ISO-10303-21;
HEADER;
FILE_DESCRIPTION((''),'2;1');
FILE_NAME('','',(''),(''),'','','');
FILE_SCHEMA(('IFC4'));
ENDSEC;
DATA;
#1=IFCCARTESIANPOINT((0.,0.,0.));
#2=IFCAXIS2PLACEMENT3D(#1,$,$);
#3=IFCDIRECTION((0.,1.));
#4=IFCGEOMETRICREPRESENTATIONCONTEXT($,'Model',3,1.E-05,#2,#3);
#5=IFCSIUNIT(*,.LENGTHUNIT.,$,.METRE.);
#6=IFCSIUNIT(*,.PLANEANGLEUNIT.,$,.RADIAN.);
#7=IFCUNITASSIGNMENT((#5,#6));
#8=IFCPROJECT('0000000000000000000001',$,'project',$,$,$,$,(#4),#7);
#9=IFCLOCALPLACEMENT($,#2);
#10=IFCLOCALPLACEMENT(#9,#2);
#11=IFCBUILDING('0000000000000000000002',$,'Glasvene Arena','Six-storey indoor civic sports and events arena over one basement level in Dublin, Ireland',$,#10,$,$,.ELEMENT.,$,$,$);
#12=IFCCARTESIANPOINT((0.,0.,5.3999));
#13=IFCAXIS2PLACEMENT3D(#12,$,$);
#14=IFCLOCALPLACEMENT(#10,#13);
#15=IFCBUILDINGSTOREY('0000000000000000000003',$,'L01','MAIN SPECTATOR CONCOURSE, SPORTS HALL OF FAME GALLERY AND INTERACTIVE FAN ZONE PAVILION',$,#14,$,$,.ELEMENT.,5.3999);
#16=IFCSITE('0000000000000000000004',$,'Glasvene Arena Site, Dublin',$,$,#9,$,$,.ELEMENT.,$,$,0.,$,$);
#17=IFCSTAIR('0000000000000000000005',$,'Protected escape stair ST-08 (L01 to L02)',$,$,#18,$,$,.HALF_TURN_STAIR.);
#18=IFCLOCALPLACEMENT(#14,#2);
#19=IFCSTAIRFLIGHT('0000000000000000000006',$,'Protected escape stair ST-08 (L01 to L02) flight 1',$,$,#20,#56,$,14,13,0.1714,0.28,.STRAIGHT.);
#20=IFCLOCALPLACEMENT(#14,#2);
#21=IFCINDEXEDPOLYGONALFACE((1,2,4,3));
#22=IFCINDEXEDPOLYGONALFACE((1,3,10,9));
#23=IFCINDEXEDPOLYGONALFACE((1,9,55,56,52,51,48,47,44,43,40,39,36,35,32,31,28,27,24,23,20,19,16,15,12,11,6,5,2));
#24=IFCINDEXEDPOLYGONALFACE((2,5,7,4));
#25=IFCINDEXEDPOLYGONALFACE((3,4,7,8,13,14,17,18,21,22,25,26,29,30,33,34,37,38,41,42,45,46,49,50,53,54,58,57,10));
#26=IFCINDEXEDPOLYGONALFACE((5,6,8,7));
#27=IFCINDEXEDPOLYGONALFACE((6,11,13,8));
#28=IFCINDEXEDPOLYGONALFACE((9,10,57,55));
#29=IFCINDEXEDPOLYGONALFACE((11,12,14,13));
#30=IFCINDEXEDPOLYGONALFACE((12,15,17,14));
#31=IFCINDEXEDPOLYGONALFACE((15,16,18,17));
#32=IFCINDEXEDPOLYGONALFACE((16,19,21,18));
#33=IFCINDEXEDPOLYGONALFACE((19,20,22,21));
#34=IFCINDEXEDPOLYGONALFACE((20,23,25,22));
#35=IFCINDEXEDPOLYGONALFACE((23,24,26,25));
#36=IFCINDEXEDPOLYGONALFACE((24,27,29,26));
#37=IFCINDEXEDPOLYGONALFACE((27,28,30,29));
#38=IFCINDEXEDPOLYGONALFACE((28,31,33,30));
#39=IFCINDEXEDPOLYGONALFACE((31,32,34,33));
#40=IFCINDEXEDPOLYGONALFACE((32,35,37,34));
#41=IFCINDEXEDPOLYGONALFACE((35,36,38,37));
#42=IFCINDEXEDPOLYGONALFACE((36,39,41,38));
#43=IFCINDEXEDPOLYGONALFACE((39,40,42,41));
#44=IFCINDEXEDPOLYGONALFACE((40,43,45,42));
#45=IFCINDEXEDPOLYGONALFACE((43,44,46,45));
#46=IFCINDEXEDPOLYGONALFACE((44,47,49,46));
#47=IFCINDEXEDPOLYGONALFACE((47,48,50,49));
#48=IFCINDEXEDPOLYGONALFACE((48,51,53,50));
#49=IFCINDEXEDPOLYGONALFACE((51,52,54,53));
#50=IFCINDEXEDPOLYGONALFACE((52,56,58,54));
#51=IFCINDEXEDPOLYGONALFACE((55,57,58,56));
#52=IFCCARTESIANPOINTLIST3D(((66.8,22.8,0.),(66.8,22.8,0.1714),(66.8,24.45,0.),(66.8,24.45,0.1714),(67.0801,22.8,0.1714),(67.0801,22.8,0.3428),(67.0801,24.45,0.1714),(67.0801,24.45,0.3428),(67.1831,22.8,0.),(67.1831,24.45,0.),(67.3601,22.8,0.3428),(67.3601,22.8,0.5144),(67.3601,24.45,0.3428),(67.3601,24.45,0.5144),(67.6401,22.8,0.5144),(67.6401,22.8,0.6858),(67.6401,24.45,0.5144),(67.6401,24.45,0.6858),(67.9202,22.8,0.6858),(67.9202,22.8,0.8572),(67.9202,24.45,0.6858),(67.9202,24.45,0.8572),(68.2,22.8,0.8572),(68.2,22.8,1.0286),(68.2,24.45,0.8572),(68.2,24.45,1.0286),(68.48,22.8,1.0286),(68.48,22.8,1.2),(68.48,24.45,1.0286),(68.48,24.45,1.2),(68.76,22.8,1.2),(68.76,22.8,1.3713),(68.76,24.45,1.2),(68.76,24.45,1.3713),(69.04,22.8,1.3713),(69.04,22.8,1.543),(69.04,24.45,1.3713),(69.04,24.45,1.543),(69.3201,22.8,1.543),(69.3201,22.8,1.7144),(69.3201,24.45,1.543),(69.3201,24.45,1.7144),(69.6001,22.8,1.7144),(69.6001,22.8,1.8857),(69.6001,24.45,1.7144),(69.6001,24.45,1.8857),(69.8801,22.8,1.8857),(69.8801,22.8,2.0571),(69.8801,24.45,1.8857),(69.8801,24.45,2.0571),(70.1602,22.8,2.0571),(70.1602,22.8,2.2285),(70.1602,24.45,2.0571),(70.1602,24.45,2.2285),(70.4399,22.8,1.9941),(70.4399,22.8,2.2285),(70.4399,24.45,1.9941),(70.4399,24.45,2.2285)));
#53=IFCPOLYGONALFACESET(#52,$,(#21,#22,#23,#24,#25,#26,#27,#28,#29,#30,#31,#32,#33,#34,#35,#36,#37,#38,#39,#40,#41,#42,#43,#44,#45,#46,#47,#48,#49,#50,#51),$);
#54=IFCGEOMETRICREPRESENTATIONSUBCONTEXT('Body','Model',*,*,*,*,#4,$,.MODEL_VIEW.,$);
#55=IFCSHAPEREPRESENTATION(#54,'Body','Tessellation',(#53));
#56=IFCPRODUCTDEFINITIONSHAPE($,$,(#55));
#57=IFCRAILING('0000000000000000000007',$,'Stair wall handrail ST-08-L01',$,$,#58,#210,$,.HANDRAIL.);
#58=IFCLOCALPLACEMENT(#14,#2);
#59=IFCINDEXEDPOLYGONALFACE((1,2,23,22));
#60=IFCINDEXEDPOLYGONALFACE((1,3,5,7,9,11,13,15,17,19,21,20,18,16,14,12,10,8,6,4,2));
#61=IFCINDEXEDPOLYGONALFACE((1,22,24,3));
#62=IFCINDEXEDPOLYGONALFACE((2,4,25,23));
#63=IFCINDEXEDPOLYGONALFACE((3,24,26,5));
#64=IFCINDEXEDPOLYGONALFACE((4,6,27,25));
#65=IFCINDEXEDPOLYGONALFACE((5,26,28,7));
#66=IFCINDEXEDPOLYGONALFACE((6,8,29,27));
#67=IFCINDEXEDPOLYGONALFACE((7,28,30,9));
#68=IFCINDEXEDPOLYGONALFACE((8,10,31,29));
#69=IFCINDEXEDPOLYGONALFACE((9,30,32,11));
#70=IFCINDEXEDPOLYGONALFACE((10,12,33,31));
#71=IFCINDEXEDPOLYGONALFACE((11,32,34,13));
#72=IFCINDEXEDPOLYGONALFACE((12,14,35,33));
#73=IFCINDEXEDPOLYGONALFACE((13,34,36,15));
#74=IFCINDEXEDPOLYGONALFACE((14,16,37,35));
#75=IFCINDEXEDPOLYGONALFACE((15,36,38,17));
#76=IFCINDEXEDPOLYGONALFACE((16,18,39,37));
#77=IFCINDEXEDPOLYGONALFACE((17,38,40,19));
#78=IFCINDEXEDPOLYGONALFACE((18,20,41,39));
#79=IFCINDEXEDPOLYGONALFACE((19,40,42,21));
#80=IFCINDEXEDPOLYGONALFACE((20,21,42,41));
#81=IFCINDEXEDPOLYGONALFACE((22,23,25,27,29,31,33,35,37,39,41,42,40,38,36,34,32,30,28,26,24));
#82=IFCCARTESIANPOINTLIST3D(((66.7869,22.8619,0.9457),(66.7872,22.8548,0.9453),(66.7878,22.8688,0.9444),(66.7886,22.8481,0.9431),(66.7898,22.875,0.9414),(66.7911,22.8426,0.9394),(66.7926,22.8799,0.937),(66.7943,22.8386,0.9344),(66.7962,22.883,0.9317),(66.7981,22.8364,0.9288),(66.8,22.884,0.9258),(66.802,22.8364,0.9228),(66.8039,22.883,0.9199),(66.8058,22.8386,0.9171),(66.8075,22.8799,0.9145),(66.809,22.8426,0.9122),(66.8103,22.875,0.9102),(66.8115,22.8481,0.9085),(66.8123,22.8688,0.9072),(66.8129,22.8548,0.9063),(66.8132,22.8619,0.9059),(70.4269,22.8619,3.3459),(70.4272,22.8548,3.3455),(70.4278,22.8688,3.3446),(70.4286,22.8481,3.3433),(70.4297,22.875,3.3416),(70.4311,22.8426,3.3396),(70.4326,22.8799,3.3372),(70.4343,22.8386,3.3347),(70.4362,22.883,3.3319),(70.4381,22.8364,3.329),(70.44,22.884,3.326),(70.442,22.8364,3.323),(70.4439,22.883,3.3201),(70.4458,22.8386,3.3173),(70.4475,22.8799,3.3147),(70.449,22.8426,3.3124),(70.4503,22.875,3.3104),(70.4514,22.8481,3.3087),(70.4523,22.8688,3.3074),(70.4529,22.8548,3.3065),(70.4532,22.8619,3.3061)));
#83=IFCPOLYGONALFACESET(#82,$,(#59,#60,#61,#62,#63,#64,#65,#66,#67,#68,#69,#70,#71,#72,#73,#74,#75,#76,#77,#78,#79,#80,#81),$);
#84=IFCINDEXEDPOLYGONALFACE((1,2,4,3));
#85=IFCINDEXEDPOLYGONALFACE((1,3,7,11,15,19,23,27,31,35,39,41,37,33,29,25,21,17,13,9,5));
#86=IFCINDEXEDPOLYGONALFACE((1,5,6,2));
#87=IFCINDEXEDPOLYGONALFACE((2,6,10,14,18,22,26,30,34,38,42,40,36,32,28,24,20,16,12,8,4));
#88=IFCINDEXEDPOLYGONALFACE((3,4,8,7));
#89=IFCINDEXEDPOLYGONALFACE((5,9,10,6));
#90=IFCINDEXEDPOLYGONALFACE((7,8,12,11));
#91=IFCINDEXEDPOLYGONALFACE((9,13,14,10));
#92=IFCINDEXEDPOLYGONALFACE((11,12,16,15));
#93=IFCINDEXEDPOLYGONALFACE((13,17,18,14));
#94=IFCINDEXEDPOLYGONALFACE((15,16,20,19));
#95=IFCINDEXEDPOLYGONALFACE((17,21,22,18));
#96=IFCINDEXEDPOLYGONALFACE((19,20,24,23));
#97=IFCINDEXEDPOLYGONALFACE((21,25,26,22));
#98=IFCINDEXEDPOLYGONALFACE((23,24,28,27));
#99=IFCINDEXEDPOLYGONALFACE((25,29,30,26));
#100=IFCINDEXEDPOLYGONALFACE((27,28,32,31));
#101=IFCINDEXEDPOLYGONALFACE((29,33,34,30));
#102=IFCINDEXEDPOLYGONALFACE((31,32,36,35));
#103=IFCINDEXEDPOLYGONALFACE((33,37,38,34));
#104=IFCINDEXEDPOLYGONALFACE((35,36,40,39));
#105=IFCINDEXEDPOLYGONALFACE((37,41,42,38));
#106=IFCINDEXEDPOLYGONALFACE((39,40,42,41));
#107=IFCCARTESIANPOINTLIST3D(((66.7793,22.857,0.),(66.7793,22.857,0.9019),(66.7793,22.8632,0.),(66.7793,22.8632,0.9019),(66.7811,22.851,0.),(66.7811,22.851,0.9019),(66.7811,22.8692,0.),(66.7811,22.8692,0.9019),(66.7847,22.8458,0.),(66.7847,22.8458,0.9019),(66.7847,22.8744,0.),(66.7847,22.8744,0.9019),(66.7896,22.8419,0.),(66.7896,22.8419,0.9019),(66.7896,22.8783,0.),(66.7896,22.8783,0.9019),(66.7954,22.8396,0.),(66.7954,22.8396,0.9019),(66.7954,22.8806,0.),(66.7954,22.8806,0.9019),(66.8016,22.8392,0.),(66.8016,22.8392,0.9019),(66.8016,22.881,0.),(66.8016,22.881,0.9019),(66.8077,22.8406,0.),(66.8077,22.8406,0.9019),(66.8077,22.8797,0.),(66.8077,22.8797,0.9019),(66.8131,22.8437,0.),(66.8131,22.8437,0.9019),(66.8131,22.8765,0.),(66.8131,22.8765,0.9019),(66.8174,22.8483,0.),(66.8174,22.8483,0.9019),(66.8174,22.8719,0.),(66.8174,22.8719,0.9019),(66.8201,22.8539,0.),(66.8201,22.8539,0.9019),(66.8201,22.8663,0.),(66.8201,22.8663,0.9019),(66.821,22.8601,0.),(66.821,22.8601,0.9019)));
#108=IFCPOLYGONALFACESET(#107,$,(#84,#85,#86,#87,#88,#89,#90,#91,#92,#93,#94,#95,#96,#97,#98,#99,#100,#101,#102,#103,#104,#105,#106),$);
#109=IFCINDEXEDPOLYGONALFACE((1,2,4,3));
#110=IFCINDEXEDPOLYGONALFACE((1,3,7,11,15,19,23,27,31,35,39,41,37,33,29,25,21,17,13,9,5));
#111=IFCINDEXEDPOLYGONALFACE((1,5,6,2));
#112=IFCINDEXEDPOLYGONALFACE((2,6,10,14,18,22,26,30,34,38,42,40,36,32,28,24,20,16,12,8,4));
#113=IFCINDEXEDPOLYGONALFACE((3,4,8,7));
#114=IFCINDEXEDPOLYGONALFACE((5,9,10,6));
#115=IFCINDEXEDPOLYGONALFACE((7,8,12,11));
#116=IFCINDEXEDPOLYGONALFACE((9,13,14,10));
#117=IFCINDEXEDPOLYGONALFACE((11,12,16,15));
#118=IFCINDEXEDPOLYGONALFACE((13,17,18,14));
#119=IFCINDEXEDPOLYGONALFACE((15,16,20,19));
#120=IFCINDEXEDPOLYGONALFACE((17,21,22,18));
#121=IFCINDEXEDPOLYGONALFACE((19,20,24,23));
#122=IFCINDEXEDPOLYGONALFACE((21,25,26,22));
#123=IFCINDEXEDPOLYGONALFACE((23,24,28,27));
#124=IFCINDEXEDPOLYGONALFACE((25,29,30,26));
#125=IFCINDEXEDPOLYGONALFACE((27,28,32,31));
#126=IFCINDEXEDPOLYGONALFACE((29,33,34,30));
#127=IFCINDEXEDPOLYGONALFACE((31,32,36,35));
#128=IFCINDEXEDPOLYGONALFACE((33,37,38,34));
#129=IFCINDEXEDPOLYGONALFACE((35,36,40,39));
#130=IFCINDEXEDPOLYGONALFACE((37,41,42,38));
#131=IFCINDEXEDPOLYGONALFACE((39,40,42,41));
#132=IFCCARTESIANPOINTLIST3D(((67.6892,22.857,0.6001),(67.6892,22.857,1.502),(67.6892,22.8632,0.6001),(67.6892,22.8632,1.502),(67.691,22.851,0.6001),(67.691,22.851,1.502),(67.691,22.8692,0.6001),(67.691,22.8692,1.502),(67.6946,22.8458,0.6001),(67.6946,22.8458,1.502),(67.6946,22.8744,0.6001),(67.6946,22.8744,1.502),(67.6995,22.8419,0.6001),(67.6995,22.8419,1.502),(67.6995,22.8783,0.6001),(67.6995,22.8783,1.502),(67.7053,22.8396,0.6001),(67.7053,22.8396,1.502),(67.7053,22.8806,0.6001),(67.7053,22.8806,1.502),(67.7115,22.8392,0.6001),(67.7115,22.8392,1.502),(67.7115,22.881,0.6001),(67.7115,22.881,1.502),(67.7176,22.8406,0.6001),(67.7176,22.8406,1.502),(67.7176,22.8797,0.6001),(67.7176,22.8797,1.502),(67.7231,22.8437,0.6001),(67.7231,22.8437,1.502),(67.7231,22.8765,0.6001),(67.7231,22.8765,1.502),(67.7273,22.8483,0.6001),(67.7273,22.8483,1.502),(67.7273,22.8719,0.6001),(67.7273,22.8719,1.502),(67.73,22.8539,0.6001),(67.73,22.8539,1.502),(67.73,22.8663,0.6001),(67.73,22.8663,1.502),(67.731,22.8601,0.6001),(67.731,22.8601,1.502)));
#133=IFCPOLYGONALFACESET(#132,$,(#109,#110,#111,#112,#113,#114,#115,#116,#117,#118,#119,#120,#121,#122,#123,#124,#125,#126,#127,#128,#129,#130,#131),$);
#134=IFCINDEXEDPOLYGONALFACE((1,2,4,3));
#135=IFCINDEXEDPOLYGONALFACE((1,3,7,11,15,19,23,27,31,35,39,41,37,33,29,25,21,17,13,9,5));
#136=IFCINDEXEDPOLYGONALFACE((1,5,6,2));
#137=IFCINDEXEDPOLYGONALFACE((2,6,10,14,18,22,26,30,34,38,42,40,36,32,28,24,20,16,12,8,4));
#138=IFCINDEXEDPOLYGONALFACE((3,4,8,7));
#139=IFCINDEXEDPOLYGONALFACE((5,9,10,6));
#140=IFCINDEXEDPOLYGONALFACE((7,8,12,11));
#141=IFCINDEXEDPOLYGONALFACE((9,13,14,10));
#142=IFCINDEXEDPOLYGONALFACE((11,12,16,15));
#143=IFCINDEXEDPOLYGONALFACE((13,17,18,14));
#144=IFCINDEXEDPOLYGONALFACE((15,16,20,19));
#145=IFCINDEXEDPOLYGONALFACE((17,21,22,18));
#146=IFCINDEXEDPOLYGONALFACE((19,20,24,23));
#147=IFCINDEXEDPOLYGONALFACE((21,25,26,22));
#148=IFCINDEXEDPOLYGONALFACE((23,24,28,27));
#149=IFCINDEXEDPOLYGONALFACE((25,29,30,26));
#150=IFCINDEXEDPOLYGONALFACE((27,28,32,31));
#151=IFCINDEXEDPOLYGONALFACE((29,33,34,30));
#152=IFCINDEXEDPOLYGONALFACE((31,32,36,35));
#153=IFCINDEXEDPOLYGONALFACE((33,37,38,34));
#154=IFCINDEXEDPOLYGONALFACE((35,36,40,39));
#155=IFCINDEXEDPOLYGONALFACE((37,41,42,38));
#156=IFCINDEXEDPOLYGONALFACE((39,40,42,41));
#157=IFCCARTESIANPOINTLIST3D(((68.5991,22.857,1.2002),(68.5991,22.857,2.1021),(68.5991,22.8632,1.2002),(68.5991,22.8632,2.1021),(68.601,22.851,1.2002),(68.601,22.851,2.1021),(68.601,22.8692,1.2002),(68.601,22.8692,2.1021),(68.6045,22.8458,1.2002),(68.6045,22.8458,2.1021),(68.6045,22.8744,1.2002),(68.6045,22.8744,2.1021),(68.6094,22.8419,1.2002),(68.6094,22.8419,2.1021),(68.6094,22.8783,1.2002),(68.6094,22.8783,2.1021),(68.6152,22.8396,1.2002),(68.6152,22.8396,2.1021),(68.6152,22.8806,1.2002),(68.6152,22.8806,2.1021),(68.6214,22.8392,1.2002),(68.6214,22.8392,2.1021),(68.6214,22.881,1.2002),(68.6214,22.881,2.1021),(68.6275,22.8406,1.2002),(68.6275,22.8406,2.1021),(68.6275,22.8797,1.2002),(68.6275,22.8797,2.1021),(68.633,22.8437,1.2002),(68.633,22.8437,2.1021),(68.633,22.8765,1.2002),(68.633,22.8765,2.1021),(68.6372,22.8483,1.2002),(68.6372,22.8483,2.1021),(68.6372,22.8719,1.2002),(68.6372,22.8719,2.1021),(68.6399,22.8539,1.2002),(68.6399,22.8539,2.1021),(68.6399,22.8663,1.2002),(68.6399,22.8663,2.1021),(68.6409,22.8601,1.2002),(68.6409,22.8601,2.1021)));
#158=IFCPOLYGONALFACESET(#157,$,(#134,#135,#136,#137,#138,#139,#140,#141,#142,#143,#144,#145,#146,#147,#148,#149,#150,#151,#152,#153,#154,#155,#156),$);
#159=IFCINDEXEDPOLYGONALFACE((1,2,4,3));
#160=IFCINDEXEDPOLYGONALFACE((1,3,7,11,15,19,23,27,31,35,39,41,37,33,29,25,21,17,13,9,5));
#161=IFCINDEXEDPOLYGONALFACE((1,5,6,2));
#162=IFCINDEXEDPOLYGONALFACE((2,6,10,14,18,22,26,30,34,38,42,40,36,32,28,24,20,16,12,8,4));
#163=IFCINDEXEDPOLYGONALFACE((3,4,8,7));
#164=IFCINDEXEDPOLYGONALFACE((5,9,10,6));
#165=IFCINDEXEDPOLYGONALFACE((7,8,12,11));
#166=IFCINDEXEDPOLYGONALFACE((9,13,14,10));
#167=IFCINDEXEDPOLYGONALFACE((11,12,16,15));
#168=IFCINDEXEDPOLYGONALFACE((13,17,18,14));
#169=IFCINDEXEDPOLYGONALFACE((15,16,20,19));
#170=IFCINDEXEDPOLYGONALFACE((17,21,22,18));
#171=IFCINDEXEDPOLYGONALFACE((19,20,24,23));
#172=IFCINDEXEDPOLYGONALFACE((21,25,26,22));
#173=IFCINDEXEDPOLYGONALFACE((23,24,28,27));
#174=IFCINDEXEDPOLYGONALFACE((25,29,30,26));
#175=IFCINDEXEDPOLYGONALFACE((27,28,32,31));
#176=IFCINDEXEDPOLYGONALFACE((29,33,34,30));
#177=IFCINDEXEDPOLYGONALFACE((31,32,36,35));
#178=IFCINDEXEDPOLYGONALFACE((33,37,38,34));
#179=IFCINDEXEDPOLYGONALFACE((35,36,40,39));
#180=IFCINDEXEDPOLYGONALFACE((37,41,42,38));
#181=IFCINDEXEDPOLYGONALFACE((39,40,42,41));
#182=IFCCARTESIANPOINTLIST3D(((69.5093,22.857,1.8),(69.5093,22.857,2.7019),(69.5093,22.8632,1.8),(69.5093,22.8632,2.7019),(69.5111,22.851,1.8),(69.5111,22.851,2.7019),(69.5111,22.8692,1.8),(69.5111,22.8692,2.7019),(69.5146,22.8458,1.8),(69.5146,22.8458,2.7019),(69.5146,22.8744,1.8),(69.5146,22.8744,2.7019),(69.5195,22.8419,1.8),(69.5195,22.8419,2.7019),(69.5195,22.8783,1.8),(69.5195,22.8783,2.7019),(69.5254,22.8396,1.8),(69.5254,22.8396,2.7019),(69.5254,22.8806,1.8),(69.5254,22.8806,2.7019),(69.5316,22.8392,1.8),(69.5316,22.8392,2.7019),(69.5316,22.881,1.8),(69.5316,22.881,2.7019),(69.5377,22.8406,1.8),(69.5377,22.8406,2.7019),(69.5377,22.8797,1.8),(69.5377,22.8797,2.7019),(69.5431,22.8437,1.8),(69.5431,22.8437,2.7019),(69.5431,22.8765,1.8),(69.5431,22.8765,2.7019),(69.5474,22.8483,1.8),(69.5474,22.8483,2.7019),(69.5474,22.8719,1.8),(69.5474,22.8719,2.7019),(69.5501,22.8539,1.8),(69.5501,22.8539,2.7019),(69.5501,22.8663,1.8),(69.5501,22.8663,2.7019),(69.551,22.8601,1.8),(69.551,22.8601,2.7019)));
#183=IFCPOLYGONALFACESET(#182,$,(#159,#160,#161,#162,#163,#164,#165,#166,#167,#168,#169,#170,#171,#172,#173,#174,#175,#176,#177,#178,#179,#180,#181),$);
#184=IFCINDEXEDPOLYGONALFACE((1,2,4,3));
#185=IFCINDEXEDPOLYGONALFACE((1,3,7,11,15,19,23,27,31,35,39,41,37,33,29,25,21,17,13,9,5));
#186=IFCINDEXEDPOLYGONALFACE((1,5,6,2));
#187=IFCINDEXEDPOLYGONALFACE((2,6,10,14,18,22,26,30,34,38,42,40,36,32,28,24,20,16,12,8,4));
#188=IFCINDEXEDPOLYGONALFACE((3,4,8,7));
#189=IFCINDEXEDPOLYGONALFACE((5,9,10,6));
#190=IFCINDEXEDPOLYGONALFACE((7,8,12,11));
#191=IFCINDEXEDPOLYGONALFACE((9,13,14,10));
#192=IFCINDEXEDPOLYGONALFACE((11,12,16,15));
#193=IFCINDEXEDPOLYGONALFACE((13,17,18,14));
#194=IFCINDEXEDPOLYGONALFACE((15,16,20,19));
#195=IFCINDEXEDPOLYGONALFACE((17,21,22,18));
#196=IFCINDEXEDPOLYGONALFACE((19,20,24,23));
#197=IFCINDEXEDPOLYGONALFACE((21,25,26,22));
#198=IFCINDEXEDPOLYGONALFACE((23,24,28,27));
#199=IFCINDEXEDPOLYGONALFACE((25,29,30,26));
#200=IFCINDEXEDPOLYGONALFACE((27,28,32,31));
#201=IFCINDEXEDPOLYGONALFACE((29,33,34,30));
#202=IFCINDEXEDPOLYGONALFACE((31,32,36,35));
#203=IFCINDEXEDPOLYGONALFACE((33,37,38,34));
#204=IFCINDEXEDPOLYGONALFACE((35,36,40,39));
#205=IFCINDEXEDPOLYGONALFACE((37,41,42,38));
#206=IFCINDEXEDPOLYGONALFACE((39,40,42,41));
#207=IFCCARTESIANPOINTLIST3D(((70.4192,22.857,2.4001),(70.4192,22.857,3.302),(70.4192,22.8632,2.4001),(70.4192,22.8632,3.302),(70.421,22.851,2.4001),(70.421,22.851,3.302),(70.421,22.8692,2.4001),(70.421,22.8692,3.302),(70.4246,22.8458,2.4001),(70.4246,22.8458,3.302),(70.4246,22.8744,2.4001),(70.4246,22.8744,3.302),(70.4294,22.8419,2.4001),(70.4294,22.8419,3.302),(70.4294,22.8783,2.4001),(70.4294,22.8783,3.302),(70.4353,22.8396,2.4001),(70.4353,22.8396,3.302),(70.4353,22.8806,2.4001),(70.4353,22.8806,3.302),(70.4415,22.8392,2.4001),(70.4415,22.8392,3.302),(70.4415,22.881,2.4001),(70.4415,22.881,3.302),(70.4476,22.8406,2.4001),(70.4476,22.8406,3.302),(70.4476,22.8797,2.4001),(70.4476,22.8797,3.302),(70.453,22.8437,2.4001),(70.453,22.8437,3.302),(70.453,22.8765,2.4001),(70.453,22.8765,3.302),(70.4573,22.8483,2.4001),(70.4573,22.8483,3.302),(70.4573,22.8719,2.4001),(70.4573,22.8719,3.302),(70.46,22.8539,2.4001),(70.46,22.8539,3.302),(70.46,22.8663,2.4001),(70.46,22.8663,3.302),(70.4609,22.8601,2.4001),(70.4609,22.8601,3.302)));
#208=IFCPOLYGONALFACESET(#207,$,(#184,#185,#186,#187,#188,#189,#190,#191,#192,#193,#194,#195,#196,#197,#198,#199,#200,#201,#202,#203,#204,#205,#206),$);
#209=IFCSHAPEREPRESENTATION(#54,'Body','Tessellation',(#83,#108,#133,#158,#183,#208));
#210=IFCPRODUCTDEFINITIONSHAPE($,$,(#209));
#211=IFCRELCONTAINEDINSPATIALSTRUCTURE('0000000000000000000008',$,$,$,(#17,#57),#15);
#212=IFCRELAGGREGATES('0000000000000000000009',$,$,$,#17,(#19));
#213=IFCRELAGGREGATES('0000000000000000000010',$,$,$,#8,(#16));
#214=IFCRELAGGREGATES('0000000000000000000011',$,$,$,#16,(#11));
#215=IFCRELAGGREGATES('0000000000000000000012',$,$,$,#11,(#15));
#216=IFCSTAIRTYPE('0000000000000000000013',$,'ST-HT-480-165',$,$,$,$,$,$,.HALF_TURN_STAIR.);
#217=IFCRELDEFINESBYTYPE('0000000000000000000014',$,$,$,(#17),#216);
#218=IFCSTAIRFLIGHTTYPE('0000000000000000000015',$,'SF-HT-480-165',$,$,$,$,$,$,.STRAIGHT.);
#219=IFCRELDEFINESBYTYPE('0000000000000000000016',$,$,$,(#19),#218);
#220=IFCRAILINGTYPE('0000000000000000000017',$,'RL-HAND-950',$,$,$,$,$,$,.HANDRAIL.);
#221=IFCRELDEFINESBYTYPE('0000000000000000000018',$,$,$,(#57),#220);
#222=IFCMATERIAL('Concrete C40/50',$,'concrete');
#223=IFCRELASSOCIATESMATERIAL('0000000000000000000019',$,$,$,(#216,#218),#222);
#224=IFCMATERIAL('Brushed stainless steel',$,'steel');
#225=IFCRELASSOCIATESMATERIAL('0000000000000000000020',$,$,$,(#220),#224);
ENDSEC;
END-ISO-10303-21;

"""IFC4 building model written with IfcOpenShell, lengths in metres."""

from ifc_helpers import new_model, si_unit, direction, frame, origin, origin_2d, place, context, subcontext, project, spatial, polyline, circle, outline, extrude, material, type_object, element, aggregate, save


model = new_model("IFC4")

# Units and contexts
model_context = context("Model", 3, precision=1e-05, world=origin(), true_north=direction((0.0, 1.0)))
body_context = subcontext(model_context, "Body", "Model", "MODEL_VIEW")
ifc_project = project(units=[si_unit("LENGTHUNIT", "METRE"), si_unit("PLANEANGLEUNIT", "RADIAN")], contexts=[model_context])

# Site, building, storey
site_placement = place(None, origin())
site = spatial("IfcSite", under=ifc_project, at=site_placement, Name="Glasvene Arena Site, Dublin", CompositionType="ELEMENT", RefElevation=0.0)
building_placement = place(site_placement, origin())
building = spatial("IfcBuilding", under=site, at=building_placement, Name="Glasvene Arena", Description="Six-storey indoor civic sports and events arena over one basement level in Dublin, Ireland", CompositionType="ELEMENT")
storey_placement = place(building_placement, frame((0.0, 0.0, 5.3999)))
storey = spatial("IfcBuildingStorey", under=building, at=storey_placement, Name="L01", Description="MAIN SPECTATOR CONCOURSE, SPORTS HALL OF FAME GALLERY AND INTERACTIVE FAN ZONE PAVILION", CompositionType="ELEMENT", Elevation=5.3999)

# Shared definitions
ifc_material_1 = material(Name="Concrete C40/50", Category="concrete")

# Stair, stair flight
stair_type = type_object("IfcStairType", Name="ST-HT-480-165", PredefinedType="HALF_TURN_STAIR", material=ifc_material_1)
stair_placement = place(storey_placement, origin())
stair = element("IfcStair", 1, at=stair_placement, inside=storey, type_object=stair_type, Name="Protected escape stair ST-08 (L01 to L02)", PredefinedType="HALF_TURN_STAIR")
stair_flight_type = type_object("IfcStairFlightType", Name="SF-HT-480-165", PredefinedType="STRAIGHT", material=ifc_material_1)
stair_flight_placement = place(storey_placement, frame((66.8, 23.625, 0.0), z_axis=(0.0, 0.0, 1.0), x_axis=(1.0, 0.0, 0.0)))
stair_flight = element("IfcStairFlight", 2, at=stair_flight_placement, type_object=stair_flight_type, Name="Protected escape stair ST-08 (L01 to L02) flight 1", NumberOfRisers=14, NumberOfTreads=13, PredefinedType="STRAIGHT", RiserHeight=0.1714, TreadLength=0.28, context=body_context, shape_type="SweptSolid", body=[
    extrude(outline(polyline([(0.0, 0.0), (0.0, 0.1714), (0.28, 0.1714), (0.28, 0.3428), (0.5601, 0.3428), (0.5601, 0.5144), (0.8401, 0.5144), (0.8401, 0.6858), (1.1201, 0.6858), (1.1201, 0.8572), (1.3999, 0.8572), (1.3999, 1.0286), (1.6799, 1.0286), (1.6799, 1.2), (1.96, 1.2), (1.96, 1.3713), (2.24, 1.3713), (2.24, 1.543), (2.52, 1.543), (2.52, 1.7144), (2.8, 1.7144), (2.8, 1.8857), (3.0801, 1.8857), (3.0801, 2.0571), (3.3601, 2.0571), (3.3601, 2.2285), (3.6399, 2.2285), (3.6399, 2.3999), (3.6399, 1.9941), (0.3831, 0.0), (0.0, 0.0)])), frame((0.0, 0.825, 0.0), z_axis=(0.0, -1.0, 0.0), x_axis=(1.0, 0.0, 0.0)), (0.0, 0.0, 1.0), 1.6499),
])
aggregate(stair, [stair_flight])

# Railing
ifc_material_2 = material(Name="Brushed stainless steel", Category="steel")
railing_type_1 = type_object("IfcRailingType", Name="RL-HAND-950", PredefinedType="HANDRAIL", material=ifc_material_2)
railing_1_placement = place(storey_placement, frame((66.8, 22.8601, 0.0)))
element("IfcRailing", 3, at=railing_1_placement, inside=storey, type_object=railing_type_1, Name="Stair wall handrail ST-08-L01", PredefinedType="HANDRAIL", context=body_context, shape_type="SweptSolid", body=[
    extrude(circle(Radius=0.0239, at=origin_2d()), frame((0.0, 0.0, 0.9258), z_axis=(0.834839, 0.0, 0.550493), x_axis=(0.0, 1.0, 0.0)), (0.0, 0.0, 1.0), 4.3601),
    extrude(circle(Radius=0.021, at=origin_2d()), origin(), (0.0, 0.0, 1.0), 0.9019),
    extrude(circle(Radius=0.021, at=origin_2d()), frame((0.9099, 0.0, 0.6001)), (0.0, 0.0, 1.0), 0.9019),
    extrude(circle(Radius=0.021, at=origin_2d()), frame((1.8198, 0.0, 1.2002)), (0.0, 0.0, 1.0), 0.9019),
    extrude(circle(Radius=0.021, at=origin_2d()), frame((2.73, 0.0, 1.8)), (0.0, 0.0, 1.0), 0.9019),
    extrude(circle(Radius=0.021, at=origin_2d()), frame((3.6399, 0.0, 2.4001)), (0.0, 0.0, 1.0), 0.9019),
])

save(model, "model.ifc")
